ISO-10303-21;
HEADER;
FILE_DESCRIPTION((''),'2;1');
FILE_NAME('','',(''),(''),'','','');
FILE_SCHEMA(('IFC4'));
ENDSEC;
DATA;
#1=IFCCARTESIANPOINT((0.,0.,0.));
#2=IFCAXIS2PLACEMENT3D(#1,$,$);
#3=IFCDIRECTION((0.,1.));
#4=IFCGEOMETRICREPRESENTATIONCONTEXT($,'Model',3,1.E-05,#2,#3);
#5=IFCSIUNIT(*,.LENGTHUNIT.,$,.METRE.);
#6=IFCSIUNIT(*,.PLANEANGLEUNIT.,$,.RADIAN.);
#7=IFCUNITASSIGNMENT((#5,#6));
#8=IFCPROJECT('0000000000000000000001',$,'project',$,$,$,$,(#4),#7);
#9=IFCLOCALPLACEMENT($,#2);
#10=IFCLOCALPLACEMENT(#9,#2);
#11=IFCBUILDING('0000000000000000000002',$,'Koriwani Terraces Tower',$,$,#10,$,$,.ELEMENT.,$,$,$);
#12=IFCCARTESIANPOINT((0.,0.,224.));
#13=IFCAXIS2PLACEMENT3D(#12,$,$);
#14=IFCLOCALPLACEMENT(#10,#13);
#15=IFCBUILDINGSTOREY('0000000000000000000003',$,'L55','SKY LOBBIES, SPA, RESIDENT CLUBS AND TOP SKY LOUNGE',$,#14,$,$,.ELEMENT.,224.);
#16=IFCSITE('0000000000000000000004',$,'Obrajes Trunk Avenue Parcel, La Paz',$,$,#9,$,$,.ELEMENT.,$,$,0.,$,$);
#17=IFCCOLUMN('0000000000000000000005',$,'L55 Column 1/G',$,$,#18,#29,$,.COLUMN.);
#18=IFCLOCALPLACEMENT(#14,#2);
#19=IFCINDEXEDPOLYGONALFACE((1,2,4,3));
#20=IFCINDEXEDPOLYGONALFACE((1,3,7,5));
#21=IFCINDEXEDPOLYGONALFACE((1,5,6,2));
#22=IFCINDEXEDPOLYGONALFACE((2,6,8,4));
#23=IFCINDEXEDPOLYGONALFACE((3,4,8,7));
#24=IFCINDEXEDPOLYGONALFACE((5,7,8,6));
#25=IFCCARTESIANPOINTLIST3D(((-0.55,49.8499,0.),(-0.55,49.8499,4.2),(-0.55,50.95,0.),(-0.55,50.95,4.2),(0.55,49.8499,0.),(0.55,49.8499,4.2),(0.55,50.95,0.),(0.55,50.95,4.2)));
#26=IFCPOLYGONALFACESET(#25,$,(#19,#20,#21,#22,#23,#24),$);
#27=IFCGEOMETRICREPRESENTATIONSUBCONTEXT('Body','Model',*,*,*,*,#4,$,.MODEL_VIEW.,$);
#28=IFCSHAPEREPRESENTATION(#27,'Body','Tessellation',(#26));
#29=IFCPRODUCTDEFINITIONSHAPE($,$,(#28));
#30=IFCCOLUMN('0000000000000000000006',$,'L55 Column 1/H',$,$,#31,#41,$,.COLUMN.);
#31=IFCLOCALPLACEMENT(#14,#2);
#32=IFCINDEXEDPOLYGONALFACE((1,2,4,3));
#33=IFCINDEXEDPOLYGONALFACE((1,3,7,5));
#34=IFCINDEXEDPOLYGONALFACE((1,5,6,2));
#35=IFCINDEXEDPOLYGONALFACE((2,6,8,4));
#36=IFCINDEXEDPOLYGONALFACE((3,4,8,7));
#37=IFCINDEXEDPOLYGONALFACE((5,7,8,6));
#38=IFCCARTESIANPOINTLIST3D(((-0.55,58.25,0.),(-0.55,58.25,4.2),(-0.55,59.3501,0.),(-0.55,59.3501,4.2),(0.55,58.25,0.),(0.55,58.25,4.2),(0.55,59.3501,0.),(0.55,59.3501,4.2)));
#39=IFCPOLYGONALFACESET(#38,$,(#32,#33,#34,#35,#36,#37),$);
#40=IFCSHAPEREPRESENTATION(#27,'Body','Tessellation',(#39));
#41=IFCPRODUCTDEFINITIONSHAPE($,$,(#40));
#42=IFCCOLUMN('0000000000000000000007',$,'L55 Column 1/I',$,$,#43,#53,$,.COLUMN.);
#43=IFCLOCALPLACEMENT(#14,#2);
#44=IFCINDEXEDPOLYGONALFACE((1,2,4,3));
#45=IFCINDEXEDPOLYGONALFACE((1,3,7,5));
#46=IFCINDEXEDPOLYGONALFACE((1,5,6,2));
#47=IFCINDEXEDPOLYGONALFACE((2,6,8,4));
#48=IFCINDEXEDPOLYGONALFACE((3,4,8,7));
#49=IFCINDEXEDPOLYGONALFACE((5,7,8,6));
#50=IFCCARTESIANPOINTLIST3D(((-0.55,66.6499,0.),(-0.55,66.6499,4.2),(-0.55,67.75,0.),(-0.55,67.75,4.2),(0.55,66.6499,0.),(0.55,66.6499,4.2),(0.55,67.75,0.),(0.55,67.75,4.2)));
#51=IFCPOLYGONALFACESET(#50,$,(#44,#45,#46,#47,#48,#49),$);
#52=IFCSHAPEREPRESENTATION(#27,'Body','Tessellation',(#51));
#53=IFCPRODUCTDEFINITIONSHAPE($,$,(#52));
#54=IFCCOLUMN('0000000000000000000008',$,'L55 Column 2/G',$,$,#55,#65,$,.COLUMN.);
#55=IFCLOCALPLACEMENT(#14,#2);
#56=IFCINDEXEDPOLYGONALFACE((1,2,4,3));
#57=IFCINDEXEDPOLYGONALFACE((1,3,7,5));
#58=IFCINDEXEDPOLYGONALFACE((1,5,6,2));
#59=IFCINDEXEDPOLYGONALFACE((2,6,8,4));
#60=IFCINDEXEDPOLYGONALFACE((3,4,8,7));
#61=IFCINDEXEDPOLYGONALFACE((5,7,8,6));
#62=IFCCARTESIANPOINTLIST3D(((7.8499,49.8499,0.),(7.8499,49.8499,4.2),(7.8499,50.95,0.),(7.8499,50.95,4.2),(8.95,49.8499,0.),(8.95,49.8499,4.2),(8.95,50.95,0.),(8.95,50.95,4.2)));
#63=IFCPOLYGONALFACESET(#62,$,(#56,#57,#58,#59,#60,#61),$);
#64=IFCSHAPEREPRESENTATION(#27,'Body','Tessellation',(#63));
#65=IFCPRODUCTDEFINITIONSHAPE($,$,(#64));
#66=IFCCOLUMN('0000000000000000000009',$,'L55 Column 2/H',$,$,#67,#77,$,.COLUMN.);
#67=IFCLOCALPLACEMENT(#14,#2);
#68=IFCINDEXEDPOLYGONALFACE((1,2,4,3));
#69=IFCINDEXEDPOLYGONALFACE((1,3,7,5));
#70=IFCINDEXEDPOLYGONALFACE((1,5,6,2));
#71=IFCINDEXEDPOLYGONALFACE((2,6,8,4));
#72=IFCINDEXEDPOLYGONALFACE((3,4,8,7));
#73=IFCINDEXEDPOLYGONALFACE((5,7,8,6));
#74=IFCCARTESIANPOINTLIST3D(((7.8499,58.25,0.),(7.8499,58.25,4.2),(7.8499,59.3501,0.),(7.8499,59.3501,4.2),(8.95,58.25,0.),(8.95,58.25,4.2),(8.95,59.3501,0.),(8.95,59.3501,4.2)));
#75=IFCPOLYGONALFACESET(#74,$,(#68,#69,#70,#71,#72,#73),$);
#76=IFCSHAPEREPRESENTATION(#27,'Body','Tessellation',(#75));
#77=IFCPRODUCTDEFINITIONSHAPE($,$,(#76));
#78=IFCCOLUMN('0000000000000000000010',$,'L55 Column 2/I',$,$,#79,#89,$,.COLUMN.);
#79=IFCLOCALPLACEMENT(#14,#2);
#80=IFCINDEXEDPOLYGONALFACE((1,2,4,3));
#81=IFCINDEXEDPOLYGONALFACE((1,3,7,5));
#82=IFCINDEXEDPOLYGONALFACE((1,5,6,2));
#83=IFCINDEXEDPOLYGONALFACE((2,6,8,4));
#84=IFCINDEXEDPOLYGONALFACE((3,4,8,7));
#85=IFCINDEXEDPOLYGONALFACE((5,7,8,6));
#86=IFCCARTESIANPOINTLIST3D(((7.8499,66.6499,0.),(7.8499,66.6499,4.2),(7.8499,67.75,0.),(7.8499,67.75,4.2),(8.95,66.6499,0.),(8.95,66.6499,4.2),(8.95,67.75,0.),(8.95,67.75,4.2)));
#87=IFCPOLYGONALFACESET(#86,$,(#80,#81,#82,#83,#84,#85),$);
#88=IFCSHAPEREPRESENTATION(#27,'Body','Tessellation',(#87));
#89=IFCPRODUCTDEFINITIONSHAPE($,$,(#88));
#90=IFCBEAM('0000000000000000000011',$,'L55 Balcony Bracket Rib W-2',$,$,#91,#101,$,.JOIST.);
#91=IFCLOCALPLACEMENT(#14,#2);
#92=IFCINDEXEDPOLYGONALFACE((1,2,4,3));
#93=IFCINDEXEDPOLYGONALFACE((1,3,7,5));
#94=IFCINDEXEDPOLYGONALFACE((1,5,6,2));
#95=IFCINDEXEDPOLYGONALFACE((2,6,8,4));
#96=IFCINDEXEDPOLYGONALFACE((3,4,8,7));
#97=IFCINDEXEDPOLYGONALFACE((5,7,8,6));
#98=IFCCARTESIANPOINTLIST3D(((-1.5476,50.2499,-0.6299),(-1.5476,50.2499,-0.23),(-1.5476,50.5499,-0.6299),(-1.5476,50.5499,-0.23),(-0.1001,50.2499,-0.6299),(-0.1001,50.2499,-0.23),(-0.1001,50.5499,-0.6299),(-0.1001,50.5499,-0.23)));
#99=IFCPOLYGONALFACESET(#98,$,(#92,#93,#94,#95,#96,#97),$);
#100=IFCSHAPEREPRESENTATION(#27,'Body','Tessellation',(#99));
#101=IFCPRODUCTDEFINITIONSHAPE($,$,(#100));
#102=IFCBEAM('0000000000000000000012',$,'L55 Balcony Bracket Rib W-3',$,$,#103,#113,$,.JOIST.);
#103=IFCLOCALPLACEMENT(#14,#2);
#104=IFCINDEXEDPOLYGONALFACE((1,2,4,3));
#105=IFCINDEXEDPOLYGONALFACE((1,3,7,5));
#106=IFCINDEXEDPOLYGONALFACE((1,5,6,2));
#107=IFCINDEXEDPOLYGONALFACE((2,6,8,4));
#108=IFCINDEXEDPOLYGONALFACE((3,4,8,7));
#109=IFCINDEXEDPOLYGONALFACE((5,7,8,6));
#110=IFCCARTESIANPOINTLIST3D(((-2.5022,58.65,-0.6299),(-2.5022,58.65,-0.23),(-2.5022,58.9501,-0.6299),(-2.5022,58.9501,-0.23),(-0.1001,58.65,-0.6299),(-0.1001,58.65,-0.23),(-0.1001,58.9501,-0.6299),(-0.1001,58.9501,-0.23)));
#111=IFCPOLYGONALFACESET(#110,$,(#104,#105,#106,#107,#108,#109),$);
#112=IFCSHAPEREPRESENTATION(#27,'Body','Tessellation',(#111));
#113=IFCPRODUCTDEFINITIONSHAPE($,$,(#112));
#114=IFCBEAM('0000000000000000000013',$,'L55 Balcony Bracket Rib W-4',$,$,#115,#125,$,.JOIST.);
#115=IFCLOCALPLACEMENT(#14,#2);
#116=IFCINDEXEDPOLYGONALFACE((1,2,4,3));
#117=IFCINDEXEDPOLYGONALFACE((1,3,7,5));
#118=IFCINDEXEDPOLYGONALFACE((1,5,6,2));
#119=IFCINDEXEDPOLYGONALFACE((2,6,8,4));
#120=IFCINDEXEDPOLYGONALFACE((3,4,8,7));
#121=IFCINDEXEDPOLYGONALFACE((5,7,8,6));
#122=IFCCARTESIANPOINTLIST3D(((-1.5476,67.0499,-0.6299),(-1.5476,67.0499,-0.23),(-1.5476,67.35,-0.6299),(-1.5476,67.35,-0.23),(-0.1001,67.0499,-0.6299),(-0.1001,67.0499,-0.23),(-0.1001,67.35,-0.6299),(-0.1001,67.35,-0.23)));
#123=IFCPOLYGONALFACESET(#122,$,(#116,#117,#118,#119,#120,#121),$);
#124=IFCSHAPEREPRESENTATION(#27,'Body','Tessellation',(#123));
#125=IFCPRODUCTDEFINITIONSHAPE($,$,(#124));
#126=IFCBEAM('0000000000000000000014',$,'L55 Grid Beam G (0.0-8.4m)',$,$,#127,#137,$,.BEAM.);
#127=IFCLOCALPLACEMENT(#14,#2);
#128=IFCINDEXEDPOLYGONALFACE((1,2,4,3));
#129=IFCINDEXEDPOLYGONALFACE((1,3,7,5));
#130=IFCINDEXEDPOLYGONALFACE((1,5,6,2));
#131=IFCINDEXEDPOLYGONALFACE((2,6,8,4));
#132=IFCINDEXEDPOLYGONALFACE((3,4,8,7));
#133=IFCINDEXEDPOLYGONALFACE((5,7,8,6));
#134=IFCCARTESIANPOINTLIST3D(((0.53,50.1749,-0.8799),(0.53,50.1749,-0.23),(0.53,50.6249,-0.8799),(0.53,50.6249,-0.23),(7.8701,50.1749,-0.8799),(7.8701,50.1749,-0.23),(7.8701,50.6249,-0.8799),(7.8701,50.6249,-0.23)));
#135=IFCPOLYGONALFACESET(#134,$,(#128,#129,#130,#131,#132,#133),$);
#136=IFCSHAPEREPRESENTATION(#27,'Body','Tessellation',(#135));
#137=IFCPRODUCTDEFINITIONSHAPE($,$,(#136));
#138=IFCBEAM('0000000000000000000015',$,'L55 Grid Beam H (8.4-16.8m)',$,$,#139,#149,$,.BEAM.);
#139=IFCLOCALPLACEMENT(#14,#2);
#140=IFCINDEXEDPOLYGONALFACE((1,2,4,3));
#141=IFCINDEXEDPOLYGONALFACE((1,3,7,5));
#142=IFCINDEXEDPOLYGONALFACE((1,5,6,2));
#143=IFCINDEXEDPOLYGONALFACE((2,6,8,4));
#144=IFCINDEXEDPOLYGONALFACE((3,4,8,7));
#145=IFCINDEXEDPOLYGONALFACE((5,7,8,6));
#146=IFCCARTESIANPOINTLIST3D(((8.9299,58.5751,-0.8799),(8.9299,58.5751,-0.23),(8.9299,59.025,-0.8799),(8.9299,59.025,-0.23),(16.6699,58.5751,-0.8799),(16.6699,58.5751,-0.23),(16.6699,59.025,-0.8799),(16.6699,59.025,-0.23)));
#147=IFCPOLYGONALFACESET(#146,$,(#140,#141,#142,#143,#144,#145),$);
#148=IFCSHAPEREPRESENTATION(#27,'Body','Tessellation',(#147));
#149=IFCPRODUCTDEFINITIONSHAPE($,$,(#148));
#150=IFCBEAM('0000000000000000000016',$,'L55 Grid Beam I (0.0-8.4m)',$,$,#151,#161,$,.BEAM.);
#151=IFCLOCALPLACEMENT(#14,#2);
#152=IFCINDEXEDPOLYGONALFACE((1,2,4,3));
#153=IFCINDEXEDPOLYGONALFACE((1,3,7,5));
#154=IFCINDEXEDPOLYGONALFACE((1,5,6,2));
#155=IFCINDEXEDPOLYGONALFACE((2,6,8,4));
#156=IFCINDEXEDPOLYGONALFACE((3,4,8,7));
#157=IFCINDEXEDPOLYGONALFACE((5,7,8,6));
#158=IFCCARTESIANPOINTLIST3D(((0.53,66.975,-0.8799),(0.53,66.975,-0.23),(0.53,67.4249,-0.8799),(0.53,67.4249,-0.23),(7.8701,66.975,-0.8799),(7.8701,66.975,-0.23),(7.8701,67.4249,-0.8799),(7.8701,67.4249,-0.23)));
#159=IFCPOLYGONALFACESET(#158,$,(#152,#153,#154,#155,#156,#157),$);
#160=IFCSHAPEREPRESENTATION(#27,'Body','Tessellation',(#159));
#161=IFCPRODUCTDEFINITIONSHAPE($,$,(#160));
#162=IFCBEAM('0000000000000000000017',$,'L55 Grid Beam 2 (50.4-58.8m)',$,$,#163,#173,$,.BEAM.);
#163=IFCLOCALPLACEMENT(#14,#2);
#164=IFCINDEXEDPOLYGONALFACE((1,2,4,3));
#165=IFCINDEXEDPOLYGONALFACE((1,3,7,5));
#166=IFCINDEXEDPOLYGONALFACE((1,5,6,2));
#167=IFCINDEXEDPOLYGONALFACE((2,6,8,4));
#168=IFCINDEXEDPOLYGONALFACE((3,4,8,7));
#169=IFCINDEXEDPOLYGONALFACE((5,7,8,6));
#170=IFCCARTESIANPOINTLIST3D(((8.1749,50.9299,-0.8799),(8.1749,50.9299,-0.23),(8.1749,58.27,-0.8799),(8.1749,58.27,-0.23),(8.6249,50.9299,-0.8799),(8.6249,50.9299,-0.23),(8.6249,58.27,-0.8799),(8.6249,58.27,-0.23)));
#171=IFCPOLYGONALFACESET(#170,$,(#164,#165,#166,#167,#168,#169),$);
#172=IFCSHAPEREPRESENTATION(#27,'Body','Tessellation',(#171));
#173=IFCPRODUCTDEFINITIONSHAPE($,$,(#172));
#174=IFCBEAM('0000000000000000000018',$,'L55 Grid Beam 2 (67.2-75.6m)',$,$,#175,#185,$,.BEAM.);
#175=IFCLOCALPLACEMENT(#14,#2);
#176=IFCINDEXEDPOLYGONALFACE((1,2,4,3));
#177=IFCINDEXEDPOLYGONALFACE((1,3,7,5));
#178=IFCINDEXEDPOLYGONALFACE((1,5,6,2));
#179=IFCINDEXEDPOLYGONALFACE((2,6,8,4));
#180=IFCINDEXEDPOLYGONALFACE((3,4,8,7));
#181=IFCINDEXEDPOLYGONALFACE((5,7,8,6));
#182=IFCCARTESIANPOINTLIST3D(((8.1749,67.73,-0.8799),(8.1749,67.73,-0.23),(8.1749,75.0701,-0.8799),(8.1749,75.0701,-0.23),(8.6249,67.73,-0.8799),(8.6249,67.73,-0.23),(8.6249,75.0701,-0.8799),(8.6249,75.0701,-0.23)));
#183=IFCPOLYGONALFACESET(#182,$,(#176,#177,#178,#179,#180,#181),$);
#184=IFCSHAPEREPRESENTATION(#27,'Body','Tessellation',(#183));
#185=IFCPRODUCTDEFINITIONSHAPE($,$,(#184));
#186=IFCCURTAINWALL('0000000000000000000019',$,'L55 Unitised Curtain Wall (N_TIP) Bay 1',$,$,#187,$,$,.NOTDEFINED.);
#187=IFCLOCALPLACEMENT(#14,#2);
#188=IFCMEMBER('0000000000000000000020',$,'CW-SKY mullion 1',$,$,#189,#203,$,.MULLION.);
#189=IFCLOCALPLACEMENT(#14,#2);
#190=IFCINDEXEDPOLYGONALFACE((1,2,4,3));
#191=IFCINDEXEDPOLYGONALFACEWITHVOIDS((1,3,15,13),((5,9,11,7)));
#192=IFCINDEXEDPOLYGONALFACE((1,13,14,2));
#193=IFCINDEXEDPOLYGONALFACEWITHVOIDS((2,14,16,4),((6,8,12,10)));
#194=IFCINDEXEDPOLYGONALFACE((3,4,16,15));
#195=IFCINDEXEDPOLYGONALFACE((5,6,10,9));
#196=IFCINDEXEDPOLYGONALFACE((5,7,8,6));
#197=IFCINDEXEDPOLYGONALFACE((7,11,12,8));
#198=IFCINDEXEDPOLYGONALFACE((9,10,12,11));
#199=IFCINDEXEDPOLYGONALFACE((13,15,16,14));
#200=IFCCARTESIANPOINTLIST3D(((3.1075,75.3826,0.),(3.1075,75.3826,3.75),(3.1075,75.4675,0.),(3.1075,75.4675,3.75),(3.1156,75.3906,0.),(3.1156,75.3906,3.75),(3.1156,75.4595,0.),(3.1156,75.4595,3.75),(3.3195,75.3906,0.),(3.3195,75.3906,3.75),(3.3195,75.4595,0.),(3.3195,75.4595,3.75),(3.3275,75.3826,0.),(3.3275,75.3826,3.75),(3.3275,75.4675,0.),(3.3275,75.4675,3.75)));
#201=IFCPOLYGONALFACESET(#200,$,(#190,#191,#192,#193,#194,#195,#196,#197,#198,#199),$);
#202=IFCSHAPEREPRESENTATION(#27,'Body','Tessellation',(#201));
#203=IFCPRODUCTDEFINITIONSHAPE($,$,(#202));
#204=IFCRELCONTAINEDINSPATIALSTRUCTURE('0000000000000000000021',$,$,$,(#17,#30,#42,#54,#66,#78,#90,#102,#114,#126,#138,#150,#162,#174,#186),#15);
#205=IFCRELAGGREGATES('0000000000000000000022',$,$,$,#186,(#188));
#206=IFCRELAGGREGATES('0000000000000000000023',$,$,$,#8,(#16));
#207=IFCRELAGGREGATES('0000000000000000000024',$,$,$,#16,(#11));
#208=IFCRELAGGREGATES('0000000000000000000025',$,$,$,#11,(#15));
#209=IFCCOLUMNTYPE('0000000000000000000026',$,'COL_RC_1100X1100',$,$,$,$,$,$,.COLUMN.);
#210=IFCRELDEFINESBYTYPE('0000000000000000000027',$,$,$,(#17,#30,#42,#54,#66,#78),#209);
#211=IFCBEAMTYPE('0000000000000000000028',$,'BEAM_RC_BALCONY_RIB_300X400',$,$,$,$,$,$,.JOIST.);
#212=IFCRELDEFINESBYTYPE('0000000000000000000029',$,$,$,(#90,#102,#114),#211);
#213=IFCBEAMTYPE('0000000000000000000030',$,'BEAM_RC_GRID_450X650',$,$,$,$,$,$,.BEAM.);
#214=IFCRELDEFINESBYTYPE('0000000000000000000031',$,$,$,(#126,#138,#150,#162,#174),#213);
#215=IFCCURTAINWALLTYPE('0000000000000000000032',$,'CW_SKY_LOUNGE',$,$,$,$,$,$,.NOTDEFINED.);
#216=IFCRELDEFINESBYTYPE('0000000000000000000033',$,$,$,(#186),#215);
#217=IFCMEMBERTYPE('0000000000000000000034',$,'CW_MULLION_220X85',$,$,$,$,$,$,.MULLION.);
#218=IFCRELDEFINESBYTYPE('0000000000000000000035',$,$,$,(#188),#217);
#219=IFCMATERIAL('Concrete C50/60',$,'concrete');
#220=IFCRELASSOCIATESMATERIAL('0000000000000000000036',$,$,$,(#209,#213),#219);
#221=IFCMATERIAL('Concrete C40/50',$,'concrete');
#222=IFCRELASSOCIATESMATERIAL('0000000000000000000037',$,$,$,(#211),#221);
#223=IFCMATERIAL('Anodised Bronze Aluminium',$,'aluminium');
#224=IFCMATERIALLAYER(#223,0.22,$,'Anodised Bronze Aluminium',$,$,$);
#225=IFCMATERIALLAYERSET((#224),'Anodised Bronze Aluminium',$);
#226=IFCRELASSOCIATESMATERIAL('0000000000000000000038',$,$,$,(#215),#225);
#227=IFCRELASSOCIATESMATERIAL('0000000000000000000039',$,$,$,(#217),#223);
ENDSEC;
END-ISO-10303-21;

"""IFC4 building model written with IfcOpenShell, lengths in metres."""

from ifc_helpers import new_model, si_unit, direction, frame, origin, origin_2d, place, context, subcontext, project, spatial, rectangle, hollow_rectangle, extrude, material, layer, layer_set, material_profile, profile_set, type_object, element, aggregate, save


model = new_model("IFC4")

# Units and contexts
model_context = context("Model", 3, precision=1e-05, world=origin(), true_north=direction((0.0, 1.0)))
body_context = subcontext(model_context, "Body", "Model", "MODEL_VIEW")
ifc_project = project(units=[si_unit("LENGTHUNIT", "METRE"), si_unit("PLANEANGLEUNIT", "RADIAN")], contexts=[model_context])

# Site, building, storey
site_placement = place(None, origin())
site = spatial("IfcSite", under=ifc_project, at=site_placement, Name="Obrajes Trunk Avenue Parcel, La Paz", CompositionType="ELEMENT", RefElevation=0.0)
building_placement = place(site_placement, origin())
building = spatial("IfcBuilding", under=site, at=building_placement, Name="Koriwani Terraces Tower", CompositionType="ELEMENT")
storey_placement = place(building_placement, frame((0.0, 0.0, 224.0)))
storey = spatial("IfcBuildingStorey", under=building, at=storey_placement, Name="L55", Description="SKY LOBBIES, SPA, RESIDENT CLUBS AND TOP SKY LOUNGE", CompositionType="ELEMENT", Elevation=224.0)

# Columns
ifc_material_1 = material(Name="Concrete C50/60", Category="concrete")
ifc_material_profile_1 = material_profile(ifc_material_1, rectangle(XDim=1.1001, YDim=1.1001, at=origin_2d()), Name="Concrete C50/60", Category="LoadBearing")
ifc_profile_set_1 = profile_set([ifc_material_profile_1], Name="Concrete C50/60")
column_type = type_object("IfcColumnType", Name="COL_RC_1100X1100", PredefinedType="COLUMN", material=ifc_profile_set_1)
for number, where, z_axis, x_axis, name in (
    (1, (0.0, 50.3999, 0.0), (0.0, 0.0, 1.0), (1.0, 0.0, 0.0), "L55 Column 1/G"),
    (2, (0.0, 58.8, 0.0), (0.0, 0.0, 1.0), (1.0, 0.0, 0.0), "L55 Column 1/H"),
    (3, (0.0, 67.2, 0.0), (0.0, 0.0, 1.0), (1.0, 0.0, 0.0), "L55 Column 1/I"),
    (4, (8.3999, 50.3999, 0.0), (0.0, 0.0, 1.0), (1.0, 0.0, 0.0), "L55 Column 2/G"),
    (5, (8.3999, 58.8, 0.0), (0.0, 0.0, 1.0), (1.0, 0.0, 0.0), "L55 Column 2/H"),
    (6, (8.3999, 67.2, 0.0), (0.0, 0.0, 1.0), (1.0, 0.0, 0.0), "L55 Column 2/I"),
):
    element("IfcColumn", number, at=place(storey_placement, frame(where, z_axis=z_axis, x_axis=x_axis)), inside=storey, type_object=column_type, Name=name, PredefinedType="COLUMN", context=body_context, shape_type="SweptSolid", body=[
        extrude(rectangle(XDim=1.1001, YDim=1.1001, at=origin_2d()), origin(), (0.0, 0.0, 1.0), 4.2),
    ])

# Beams
ifc_material_2 = material(Name="Concrete C40/50", Category="concrete")
ifc_material_profile_2 = material_profile(ifc_material_2, rectangle(XDim=0.3, YDim=0.3999, at=origin_2d()), Name="Concrete C40/50", Category="LoadBearing")
ifc_profile_set_2 = profile_set([ifc_material_profile_2], Name="Concrete C40/50")
beam_type_1 = type_object("IfcBeamType", Name="BEAM_RC_BALCONY_RIB_300X400", PredefinedType="JOIST", material=ifc_profile_set_2)
beam_1_placement = place(storey_placement, frame((-1.5476, 50.3999, -0.4299), z_axis=(1.0, 0.0, 0.0), x_axis=(0.0, 1.0, 0.0)))
element("IfcBeam", 7, at=beam_1_placement, inside=storey, type_object=beam_type_1, Name="L55 Balcony Bracket Rib W-2", PredefinedType="JOIST", context=body_context, shape_type="SweptSolid", body=[
    extrude(rectangle(XDim=0.3, YDim=0.3999, at=origin_2d()), origin(), (0.0, 0.0, 1.0), 1.4475),
])
beam_2_placement = place(storey_placement, frame((-2.5022, 58.8, -0.4299), z_axis=(1.0, 0.0, 0.0), x_axis=(0.0, 1.0, 0.0)))
element("IfcBeam", 8, at=beam_2_placement, inside=storey, type_object=beam_type_1, Name="L55 Balcony Bracket Rib W-3", PredefinedType="JOIST", context=body_context, shape_type="SweptSolid", body=[
    extrude(rectangle(XDim=0.3, YDim=0.3999, at=origin_2d()), origin(), (0.0, 0.0, 1.0), 2.4021),
])
beam_3_placement = place(storey_placement, frame((-1.5476, 67.2, -0.4299), z_axis=(1.0, 0.0, 0.0), x_axis=(0.0, 1.0, 0.0)))
element("IfcBeam", 9, at=beam_3_placement, inside=storey, type_object=beam_type_1, Name="L55 Balcony Bracket Rib W-4", PredefinedType="JOIST", context=body_context, shape_type="SweptSolid", body=[
    extrude(rectangle(XDim=0.3, YDim=0.3999, at=origin_2d()), origin(), (0.0, 0.0, 1.0), 1.4475),
])
ifc_material_profile_3 = material_profile(ifc_material_1, rectangle(XDim=0.45, YDim=0.6499, at=origin_2d()), Name="Concrete C50/60", Category="LoadBearing")
ifc_profile_set_3 = profile_set([ifc_material_profile_3], Name="Concrete C50/60")
beam_type_2 = type_object("IfcBeamType", Name="BEAM_RC_GRID_450X650", PredefinedType="BEAM", material=ifc_profile_set_3)
beam_4_placement = place(storey_placement, frame((0.53, 50.3999, -0.5549), z_axis=(1.0, 0.0, 0.0), x_axis=(0.0, 1.0, 0.0)))
element("IfcBeam", 10, at=beam_4_placement, inside=storey, type_object=beam_type_2, Name="L55 Grid Beam G (0.0-8.4m)", PredefinedType="BEAM", context=body_context, shape_type="SweptSolid", body=[
    extrude(rectangle(XDim=0.45, YDim=0.6499, at=origin_2d()), origin(), (0.0, 0.0, 1.0), 7.3401),
])
beam_5_placement = place(storey_placement, frame((8.9299, 58.8, -0.5549), z_axis=(1.0, 0.0, 0.0), x_axis=(0.0, 1.0, 0.0)))
element("IfcBeam", 11, at=beam_5_placement, inside=storey, type_object=beam_type_2, Name="L55 Grid Beam H (8.4-16.8m)", PredefinedType="BEAM", context=body_context, shape_type="SweptSolid", body=[
    extrude(rectangle(XDim=0.45, YDim=0.6499, at=origin_2d()), origin(), (0.0, 0.0, 1.0), 7.74),
])
for number, where, z_axis, x_axis, name in (
    (12, (0.53, 67.2, -0.5549), (1.0, 0.0, 0.0), (0.0, 1.0, 0.0), "L55 Grid Beam I (0.0-8.4m)"),
    (13, (8.3999, 50.9299, -0.5549), (0.0, 1.0, 0.0), (-1.0, 0.0, 0.0), "L55 Grid Beam 2 (50.4-58.8m)"),
    (14, (8.3999, 67.73, -0.5549), (0.0, 1.0, 0.0), (-1.0, 0.0, 0.0), "L55 Grid Beam 2 (67.2-75.6m)"),
):
    element("IfcBeam", number, at=place(storey_placement, frame(where, z_axis=z_axis, x_axis=x_axis)), inside=storey, type_object=beam_type_2, Name=name, PredefinedType="BEAM", context=body_context, shape_type="SweptSolid", body=[
        extrude(rectangle(XDim=0.45, YDim=0.6499, at=origin_2d()), origin(), (0.0, 0.0, 1.0), 7.3401),
    ])

# Curtain wall, member
ifc_material_3 = material(Name="Anodised Bronze Aluminium", Category="aluminium")
ifc_layer_1 = layer(ifc_material_3, 0.22, Name="Anodised Bronze Aluminium")
ifc_layer_set_1 = layer_set([ifc_layer_1], Name="Anodised Bronze Aluminium")
curtain_wall_type = type_object("IfcCurtainWallType", Name="CW_SKY_LOUNGE", PredefinedType="NOTDEFINED", material=ifc_layer_set_1)
curtain_wall_placement = place(storey_placement, origin())
curtain_wall = element("IfcCurtainWall", 15, at=curtain_wall_placement, inside=storey, type_object=curtain_wall_type, Name="L55 Unitised Curtain Wall (N_TIP) Bay 1", PredefinedType="NOTDEFINED")
ifc_material_profile_4 = material_profile(ifc_material_3, hollow_rectangle(XDim=0.085, YDim=0.22, WallThickness=0.0081, at=origin_2d()), Name="Anodised Bronze Aluminium", Category="LoadBearing")
ifc_profile_set_4 = profile_set([ifc_material_profile_4], Name="Anodised Bronze Aluminium")
member_type_1 = type_object("IfcMemberType", Name="CW_MULLION_220X85", PredefinedType="MULLION", material=ifc_profile_set_4)
member_1_placement = place(storey_placement, frame((3.2175, 75.425, 0.0), z_axis=(0.0, 0.0, 1.0), x_axis=(0.0, 1.0, 0.0)))
member_1 = element("IfcMember", 16, at=member_1_placement, type_object=member_type_1, Name="CW-SKY mullion 1", PredefinedType="MULLION", context=body_context, shape_type="SweptSolid", body=[
    extrude(hollow_rectangle(XDim=0.085, YDim=0.22, WallThickness=0.0081, at=origin_2d()), origin(), (0.0, 0.0, 1.0), 3.75),
])
aggregate(curtain_wall, [member_1])

save(model, "model.ifc")
